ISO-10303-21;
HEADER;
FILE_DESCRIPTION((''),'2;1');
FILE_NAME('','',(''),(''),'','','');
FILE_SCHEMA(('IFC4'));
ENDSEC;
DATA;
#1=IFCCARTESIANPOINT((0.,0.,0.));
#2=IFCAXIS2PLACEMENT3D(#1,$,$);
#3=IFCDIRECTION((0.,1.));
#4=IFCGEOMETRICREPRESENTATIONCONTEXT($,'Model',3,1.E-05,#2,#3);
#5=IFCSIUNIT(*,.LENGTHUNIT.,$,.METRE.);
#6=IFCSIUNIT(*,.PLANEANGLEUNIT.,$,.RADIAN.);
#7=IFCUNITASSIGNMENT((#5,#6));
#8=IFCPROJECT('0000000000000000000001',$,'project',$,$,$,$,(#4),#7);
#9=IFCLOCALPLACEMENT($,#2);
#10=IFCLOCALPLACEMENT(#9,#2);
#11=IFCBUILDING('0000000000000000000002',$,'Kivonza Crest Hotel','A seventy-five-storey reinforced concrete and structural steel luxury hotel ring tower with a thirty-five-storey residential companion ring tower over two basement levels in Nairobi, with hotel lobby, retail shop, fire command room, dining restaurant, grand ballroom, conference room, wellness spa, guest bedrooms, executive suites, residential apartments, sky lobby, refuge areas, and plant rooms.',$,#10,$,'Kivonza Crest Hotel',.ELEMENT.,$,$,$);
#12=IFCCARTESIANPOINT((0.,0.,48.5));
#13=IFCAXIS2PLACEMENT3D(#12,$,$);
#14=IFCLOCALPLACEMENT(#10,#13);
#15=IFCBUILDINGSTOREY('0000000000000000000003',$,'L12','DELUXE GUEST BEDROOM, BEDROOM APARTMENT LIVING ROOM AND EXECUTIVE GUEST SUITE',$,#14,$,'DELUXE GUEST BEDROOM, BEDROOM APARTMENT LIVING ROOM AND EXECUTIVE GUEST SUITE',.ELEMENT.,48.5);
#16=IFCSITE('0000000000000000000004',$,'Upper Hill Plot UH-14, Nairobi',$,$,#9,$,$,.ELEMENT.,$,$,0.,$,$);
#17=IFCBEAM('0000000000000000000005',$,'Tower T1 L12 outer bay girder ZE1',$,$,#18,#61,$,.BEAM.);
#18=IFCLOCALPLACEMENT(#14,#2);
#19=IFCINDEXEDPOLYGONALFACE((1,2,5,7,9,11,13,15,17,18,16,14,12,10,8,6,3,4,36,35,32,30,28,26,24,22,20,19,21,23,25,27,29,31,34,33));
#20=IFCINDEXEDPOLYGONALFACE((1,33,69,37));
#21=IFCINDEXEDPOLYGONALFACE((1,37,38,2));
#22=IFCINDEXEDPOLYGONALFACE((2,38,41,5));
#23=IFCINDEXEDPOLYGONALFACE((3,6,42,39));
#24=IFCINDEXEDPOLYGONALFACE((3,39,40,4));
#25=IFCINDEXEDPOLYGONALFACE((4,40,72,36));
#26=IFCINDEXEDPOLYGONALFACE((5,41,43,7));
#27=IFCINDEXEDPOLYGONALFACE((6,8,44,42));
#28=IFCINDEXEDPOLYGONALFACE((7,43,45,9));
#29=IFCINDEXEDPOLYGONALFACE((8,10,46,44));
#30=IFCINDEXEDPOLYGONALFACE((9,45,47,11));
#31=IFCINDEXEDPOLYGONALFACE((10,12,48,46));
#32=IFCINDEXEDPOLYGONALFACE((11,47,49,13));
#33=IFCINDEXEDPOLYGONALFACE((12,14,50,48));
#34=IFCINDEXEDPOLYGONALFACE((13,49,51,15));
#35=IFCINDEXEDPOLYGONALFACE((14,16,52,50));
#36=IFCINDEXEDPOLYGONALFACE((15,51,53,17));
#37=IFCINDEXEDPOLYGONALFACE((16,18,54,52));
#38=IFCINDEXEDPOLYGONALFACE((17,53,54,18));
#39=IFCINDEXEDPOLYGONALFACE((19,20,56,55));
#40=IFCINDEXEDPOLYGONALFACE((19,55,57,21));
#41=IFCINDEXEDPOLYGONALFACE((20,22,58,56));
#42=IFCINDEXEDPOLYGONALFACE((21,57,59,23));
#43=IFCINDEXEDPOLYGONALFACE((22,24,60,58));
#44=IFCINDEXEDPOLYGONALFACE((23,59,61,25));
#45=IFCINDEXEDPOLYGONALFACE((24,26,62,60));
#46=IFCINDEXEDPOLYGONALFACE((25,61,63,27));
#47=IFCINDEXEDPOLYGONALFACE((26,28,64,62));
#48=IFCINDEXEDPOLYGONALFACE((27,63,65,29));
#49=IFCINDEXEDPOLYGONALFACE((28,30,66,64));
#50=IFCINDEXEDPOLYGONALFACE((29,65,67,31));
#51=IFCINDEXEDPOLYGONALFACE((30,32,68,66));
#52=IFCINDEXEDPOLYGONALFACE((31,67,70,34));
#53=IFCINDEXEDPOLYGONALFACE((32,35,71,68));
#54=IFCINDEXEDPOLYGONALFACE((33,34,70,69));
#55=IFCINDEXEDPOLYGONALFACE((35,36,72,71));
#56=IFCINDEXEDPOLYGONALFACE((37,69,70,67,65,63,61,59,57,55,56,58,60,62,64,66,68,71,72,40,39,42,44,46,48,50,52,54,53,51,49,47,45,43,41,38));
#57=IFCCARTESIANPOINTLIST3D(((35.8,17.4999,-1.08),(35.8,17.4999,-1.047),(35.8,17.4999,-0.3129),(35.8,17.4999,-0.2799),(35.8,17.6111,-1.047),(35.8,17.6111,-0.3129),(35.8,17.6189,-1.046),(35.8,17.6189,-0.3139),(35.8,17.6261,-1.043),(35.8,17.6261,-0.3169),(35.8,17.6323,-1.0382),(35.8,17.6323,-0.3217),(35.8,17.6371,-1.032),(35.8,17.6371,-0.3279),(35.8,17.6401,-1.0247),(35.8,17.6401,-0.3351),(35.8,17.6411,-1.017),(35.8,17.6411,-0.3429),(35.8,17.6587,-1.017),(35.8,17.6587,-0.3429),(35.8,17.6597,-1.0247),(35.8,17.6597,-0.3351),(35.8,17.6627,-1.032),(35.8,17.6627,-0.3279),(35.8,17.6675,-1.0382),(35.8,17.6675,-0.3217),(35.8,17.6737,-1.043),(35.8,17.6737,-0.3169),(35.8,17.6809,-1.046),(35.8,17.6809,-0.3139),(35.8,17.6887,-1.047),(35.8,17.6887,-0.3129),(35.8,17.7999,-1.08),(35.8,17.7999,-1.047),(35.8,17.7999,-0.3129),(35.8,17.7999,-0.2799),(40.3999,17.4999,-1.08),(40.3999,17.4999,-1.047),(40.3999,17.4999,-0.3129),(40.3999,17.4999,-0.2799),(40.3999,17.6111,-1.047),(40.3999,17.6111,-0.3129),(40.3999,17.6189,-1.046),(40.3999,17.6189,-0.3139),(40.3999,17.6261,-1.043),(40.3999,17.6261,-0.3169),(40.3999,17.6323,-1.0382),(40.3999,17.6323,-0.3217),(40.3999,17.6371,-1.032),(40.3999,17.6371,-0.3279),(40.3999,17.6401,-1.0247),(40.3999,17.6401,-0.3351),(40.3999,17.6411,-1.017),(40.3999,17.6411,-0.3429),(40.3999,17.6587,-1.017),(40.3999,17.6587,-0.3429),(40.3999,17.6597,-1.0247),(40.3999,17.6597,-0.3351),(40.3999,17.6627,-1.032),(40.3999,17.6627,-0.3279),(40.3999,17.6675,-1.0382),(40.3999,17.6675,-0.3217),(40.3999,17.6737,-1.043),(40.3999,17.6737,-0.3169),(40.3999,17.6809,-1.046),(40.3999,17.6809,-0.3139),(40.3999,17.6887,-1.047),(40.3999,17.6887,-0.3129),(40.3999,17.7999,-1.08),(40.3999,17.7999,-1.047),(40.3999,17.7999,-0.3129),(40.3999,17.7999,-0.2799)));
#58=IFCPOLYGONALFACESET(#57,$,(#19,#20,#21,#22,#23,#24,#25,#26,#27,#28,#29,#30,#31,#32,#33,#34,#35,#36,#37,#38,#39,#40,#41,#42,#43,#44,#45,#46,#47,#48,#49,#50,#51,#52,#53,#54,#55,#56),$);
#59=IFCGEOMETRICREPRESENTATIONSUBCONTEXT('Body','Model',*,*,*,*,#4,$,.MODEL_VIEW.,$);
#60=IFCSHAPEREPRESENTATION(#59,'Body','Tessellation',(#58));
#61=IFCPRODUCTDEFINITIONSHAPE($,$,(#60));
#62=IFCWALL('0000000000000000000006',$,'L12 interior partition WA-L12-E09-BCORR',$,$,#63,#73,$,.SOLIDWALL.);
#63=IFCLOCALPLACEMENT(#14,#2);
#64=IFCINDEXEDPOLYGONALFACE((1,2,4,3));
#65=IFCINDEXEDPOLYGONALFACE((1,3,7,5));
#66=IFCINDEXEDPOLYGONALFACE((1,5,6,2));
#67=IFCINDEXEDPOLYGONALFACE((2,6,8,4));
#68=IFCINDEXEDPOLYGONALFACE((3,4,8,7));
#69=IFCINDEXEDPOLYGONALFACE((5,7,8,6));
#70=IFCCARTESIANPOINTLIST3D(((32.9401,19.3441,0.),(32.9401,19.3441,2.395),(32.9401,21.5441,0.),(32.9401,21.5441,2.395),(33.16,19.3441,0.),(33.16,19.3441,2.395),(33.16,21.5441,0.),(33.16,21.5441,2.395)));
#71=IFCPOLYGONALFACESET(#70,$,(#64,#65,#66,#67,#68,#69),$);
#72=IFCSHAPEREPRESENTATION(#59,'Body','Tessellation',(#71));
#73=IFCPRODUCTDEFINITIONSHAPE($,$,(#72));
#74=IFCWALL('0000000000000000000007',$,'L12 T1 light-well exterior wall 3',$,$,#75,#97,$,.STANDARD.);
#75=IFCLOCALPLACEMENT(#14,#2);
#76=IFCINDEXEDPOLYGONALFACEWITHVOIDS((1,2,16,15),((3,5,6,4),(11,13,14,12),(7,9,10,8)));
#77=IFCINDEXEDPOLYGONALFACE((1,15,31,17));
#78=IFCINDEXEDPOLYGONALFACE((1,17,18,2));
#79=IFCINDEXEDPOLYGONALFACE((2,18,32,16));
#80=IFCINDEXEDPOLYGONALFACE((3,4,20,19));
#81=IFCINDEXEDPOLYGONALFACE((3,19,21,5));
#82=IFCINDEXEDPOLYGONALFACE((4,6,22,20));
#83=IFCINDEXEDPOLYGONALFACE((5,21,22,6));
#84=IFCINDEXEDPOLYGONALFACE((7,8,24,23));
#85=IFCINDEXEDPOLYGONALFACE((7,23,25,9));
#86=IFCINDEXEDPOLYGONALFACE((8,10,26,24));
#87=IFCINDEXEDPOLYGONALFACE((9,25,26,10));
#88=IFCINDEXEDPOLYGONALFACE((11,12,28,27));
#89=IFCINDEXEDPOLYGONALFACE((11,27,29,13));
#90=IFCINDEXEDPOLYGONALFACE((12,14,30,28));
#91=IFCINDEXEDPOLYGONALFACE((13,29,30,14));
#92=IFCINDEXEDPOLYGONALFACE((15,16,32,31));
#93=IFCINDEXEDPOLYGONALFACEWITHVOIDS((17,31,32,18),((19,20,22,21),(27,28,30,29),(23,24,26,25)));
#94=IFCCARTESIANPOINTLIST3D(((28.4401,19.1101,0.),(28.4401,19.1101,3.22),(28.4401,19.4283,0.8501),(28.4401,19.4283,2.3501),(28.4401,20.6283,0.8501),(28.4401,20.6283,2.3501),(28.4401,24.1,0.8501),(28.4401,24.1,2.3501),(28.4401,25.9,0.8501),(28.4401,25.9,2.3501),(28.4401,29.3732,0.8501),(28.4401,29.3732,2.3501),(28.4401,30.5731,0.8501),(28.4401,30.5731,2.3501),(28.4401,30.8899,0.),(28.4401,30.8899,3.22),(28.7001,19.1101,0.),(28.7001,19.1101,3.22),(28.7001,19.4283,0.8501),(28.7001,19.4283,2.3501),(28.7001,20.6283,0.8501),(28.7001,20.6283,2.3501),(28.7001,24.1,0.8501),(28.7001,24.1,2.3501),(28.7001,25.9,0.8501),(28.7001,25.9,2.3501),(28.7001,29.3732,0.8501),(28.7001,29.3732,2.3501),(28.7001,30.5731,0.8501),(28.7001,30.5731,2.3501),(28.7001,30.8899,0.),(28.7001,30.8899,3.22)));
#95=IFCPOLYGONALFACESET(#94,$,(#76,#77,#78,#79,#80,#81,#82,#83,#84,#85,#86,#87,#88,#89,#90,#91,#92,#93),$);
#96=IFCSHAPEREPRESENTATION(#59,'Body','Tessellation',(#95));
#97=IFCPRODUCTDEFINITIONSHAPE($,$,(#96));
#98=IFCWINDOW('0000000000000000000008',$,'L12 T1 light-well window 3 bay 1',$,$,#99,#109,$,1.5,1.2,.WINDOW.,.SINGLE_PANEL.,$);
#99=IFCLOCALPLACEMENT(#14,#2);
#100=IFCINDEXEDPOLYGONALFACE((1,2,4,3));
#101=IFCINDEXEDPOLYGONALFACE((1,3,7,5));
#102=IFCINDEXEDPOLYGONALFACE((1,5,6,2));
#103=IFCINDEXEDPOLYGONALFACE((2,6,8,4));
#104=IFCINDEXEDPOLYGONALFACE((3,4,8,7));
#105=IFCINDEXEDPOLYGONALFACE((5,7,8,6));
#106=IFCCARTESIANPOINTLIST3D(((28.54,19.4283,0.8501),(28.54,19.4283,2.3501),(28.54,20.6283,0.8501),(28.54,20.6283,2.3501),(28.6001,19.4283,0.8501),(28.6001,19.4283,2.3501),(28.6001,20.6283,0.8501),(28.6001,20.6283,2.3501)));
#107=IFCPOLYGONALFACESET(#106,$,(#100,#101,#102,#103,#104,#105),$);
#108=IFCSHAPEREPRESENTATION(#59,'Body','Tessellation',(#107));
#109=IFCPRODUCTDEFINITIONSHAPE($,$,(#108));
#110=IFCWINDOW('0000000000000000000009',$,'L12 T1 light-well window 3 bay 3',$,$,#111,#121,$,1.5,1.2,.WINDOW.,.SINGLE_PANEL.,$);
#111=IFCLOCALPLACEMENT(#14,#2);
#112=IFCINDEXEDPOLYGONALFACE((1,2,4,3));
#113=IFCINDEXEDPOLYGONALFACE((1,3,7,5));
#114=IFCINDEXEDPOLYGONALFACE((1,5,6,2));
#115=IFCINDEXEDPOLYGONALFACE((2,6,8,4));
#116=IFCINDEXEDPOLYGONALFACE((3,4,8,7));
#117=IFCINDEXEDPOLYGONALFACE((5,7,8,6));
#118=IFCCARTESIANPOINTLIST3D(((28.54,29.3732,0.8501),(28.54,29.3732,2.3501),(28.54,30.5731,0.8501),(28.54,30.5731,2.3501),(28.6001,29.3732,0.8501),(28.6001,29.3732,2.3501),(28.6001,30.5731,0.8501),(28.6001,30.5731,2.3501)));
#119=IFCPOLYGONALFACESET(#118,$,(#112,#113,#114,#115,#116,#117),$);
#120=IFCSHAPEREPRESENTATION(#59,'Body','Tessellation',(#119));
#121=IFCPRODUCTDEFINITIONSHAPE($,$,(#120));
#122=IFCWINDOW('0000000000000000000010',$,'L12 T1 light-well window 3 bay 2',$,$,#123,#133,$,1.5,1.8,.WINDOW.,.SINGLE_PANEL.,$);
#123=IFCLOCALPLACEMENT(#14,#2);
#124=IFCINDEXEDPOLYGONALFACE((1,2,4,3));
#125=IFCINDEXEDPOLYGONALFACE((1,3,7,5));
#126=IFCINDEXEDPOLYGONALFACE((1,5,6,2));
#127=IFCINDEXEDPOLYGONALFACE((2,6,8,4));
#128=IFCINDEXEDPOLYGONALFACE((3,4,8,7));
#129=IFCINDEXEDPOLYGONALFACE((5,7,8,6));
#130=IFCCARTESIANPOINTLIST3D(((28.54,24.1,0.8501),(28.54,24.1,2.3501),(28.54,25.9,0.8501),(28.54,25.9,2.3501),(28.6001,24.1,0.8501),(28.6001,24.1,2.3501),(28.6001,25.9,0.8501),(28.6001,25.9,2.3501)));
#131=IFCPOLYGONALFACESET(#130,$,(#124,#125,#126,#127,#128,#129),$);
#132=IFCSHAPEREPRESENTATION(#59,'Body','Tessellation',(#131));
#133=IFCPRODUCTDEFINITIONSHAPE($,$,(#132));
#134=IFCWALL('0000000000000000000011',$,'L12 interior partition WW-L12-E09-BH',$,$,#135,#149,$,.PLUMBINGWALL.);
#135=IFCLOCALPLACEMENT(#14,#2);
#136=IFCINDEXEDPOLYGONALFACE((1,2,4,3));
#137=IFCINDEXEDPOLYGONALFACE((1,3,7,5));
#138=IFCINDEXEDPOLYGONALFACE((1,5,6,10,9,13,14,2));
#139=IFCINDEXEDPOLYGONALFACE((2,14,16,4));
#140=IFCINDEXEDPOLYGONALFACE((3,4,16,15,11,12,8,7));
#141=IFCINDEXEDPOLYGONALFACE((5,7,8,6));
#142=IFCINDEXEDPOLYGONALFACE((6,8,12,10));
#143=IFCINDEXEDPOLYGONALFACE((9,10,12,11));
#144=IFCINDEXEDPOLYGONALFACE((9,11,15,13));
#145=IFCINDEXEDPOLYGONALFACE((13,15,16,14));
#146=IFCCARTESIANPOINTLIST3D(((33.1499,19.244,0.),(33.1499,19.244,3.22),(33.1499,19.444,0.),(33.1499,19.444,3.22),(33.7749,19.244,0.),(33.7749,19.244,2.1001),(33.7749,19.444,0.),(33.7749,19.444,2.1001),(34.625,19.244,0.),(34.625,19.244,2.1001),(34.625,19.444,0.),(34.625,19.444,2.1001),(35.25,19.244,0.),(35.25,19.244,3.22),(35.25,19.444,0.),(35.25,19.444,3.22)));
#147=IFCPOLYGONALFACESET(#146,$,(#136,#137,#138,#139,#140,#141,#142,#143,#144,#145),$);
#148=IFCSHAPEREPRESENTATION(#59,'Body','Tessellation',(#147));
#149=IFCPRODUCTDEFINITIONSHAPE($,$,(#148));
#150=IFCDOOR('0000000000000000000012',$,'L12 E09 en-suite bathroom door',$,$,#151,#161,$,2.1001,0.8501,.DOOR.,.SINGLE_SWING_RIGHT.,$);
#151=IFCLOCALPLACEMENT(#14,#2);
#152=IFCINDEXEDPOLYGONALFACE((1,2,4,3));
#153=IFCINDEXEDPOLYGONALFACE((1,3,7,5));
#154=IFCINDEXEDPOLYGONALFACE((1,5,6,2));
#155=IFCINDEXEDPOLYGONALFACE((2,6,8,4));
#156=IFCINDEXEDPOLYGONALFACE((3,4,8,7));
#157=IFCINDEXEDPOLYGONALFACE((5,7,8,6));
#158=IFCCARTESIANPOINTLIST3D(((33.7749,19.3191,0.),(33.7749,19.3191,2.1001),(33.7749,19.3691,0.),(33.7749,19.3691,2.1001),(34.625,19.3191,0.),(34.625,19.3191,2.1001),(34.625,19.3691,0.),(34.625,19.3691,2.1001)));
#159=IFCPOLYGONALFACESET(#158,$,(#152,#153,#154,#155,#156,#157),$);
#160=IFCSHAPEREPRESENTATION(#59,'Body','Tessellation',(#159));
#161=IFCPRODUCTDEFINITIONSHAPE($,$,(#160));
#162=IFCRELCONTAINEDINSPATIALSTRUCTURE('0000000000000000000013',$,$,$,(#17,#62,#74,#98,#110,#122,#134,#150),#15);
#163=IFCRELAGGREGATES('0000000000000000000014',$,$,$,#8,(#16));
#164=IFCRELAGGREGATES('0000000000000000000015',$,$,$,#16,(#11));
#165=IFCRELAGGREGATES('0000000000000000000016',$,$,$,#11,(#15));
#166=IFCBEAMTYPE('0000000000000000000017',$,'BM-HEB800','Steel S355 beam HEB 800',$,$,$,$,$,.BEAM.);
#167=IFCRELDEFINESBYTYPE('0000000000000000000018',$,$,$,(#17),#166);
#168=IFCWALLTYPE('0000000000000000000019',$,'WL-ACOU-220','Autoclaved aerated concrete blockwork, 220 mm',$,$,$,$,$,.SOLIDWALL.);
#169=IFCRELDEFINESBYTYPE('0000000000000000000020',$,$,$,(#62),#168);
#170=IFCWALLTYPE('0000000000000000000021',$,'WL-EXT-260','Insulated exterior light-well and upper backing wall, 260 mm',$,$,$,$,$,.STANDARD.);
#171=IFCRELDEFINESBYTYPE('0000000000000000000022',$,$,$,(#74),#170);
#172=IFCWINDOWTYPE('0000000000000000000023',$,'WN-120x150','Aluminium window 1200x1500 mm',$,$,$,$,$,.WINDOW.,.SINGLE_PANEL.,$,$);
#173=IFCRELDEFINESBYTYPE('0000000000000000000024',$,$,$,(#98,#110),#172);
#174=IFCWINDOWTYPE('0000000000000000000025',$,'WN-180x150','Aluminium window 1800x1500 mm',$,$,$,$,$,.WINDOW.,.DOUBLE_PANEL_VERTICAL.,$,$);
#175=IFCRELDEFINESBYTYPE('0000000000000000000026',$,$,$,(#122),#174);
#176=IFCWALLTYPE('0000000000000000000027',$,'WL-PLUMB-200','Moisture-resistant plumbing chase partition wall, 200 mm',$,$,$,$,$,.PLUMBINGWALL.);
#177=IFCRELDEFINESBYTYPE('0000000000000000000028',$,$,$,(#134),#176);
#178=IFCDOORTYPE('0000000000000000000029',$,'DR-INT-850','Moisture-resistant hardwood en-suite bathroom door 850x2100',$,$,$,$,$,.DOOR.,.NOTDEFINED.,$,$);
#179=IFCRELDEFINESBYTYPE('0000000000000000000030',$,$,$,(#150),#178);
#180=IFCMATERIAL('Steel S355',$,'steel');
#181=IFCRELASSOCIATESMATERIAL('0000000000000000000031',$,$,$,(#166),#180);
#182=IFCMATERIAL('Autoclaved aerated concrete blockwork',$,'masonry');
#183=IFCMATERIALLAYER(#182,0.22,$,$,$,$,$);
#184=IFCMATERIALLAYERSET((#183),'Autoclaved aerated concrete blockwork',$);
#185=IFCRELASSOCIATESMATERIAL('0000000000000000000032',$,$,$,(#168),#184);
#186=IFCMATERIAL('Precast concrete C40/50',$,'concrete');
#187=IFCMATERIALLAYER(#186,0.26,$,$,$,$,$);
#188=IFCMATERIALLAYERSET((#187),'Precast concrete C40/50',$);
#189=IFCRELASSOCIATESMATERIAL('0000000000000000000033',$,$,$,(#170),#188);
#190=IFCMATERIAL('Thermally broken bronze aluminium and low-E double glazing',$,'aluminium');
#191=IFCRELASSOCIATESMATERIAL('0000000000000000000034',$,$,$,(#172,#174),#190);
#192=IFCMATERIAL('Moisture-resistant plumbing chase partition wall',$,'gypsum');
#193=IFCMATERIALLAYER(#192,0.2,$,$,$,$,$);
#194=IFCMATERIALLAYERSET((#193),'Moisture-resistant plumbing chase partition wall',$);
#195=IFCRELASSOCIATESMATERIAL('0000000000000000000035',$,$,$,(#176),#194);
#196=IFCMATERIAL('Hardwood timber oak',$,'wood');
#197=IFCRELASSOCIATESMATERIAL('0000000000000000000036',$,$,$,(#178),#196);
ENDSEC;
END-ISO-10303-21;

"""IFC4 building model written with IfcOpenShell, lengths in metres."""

from ifc_helpers import new_model, si_unit, direction, frame, frame_2d, origin, origin_2d, place, context, subcontext, project, spatial, rectangle, i_section, extrude, material, layer, layer_set, material_profile, profile_set, type_object, element, fill, save


model = new_model("IFC4")

# Units and contexts
model_context = context("Model", 3, precision=1e-05, world=origin(), true_north=direction((0.0, 1.0)))
body_context = subcontext(model_context, "Body", "Model", "MODEL_VIEW")
ifc_project = project(units=[si_unit("LENGTHUNIT", "METRE"), si_unit("PLANEANGLEUNIT", "RADIAN")], contexts=[model_context])

# Site, building, storey
site_placement = place(None, origin())
site = spatial("IfcSite", under=ifc_project, at=site_placement, Name="Upper Hill Plot UH-14, Nairobi", CompositionType="ELEMENT", RefElevation=0.0)
building_placement = place(site_placement, origin())
building = spatial("IfcBuilding", under=site, at=building_placement, Name="Kivonza Crest Hotel", Description="A seventy-five-storey reinforced concrete and structural steel luxury hotel ring tower with a thirty-five-storey residential companion ring tower over two basement levels in Nairobi, with hotel lobby, retail shop, fire command room, dining restaurant, grand ballroom, conference room, wellness spa, guest bedrooms, executive suites, residential apartments, sky lobby, refuge areas, and plant rooms.", LongName="Kivonza Crest Hotel", CompositionType="ELEMENT")
storey_placement = place(building_placement, frame((0.0, 0.0, 48.5)))
storey = spatial("IfcBuildingStorey", under=building, at=storey_placement, Name="L12", Description="DELUXE GUEST BEDROOM, BEDROOM APARTMENT LIVING ROOM AND EXECUTIVE GUEST SUITE", LongName="DELUXE GUEST BEDROOM, BEDROOM APARTMENT LIVING ROOM AND EXECUTIVE GUEST SUITE", CompositionType="ELEMENT", Elevation=48.5)

# Beam
ifc_material_1 = material(Name="Steel S355", Category="steel")
ifc_material_profile_1 = material_profile(ifc_material_1, i_section(OverallWidth=0.3, OverallDepth=0.8, WebThickness=0.0176, FlangeThickness=0.033, FilletRadius=0.03, at=origin_2d()), Name="HEB 800")
ifc_profile_set_1 = profile_set([ifc_material_profile_1], Name="Steel S355")
beam_type_1 = type_object("IfcBeamType", Name="BM-HEB800", Description="Steel S355 beam HEB 800", PredefinedType="BEAM", material=ifc_profile_set_1)
beam_1_placement = place(storey_placement, frame((40.3999, 17.6499, -0.6799), z_axis=(-1.0, 0.0, 0.0), x_axis=(0.0, -1.0, 0.0)))
element("IfcBeam", 1, at=beam_1_placement, inside=storey, type_object=beam_type_1, Name="Tower T1 L12 outer bay girder ZE1", PredefinedType="BEAM", context=body_context, shape_type="SweptSolid", body=[
    extrude(i_section(OverallWidth=0.3, OverallDepth=0.8, WebThickness=0.0176, FlangeThickness=0.033, FilletRadius=0.03, at=origin_2d()), origin(), (0.0, 0.0, 1.0), 4.5999),
])

# Wall
ifc_material_2 = material(Name="Autoclaved aerated concrete blockwork", Category="masonry")
ifc_layer_1 = layer(ifc_material_2, 0.22)
ifc_layer_set_1 = layer_set([ifc_layer_1], Name="Autoclaved aerated concrete blockwork")
wall_type_1 = type_object("IfcWallType", Name="WL-ACOU-220", Description="Autoclaved aerated concrete blockwork, 220 mm", PredefinedType="SOLIDWALL", material=ifc_layer_set_1)
wall_1_placement = place(storey_placement, frame((33.05, 19.344, 0.0), z_axis=(0.0, 0.0, 1.0), x_axis=(0.0, 1.0, 0.0)))
element("IfcWall", 2, at=wall_1_placement, inside=storey, type_object=wall_type_1, Name="L12 interior partition WA-L12-E09-BCORR", PredefinedType="SOLIDWALL", context=body_context, shape_type="SweptSolid", body=[
    extrude(rectangle(XDim=2.2, YDim=0.22, at=frame_2d((1.1001, 0.0))), origin(), (0.0, 0.0, 1.0), 2.395),
])

# Wall, openings, windows
ifc_material_3 = material(Name="Precast concrete C40/50", Category="concrete")
ifc_layer_2 = layer(ifc_material_3, 0.26)
ifc_layer_set_2 = layer_set([ifc_layer_2], Name="Precast concrete C40/50")
wall_type_2 = type_object("IfcWallType", Name="WL-EXT-260", Description="Insulated exterior light-well and upper backing wall, 260 mm", PredefinedType="STANDARD", material=ifc_layer_set_2)
wall_2_placement = place(storey_placement, frame((28.5701, 19.1101, 0.0), z_axis=(0.0, 0.0, 1.0), x_axis=(0.0, 1.0, 0.0)))
wall_2 = element("IfcWall", 3, at=wall_2_placement, inside=storey, type_object=wall_type_2, Name="L12 T1 light-well exterior wall 3", PredefinedType="STANDARD", context=body_context, shape_type="SweptSolid", body=[
    extrude(rectangle(XDim=11.7798, YDim=0.26, at=frame_2d((5.8899, 0.0))), origin(), (0.0, 0.0, 1.0), 3.22),
])
opening_1_placement = place(wall_2_placement, frame((0.3181, 0.0, 0.8501)))
opening_1 = element("IfcOpeningElement", 4, at=opening_1_placement, cuts=wall_2, PredefinedType="OPENING", context=body_context, shape_type="SweptSolid", body=[
    extrude(rectangle(XDim=1.2, YDim=1.5, at=frame_2d((0.6001, 0.75))), frame((0.0, 0.1401, 0.0), z_axis=(0.0, -1.0, 0.0), x_axis=(1.0, 0.0, 0.0)), (0.0, 0.0, 1.0), 0.28),
])
opening_2_placement = place(wall_2_placement, frame((4.99, 0.0, 0.8501)))
opening_2 = element("IfcOpeningElement", 5, at=opening_2_placement, cuts=wall_2, PredefinedType="OPENING", context=body_context, shape_type="SweptSolid", body=[
    extrude(rectangle(XDim=1.8, YDim=1.5, at=frame_2d((0.8999, 0.75))), frame((0.0, 0.1401, 0.0), z_axis=(0.0, -1.0, 0.0), x_axis=(1.0, 0.0, 0.0)), (0.0, 0.0, 1.0), 0.28),
])
opening_3_placement = place(wall_2_placement, frame((10.2629, 0.0, 0.8501)))
opening_3 = element("IfcOpeningElement", 6, at=opening_3_placement, cuts=wall_2, PredefinedType="OPENING", context=body_context, shape_type="SweptSolid", body=[
    extrude(rectangle(XDim=1.2, YDim=1.5, at=frame_2d((0.6001, 0.75))), frame((0.0, 0.1401, 0.0), z_axis=(0.0, -1.0, 0.0), x_axis=(1.0, 0.0, 0.0)), (0.0, 0.0, 1.0), 0.28),
])
ifc_material_4 = material(Name="Thermally broken bronze aluminium and low-E double glazing", Category="aluminium")
window_type_1 = type_object("IfcWindowType", Name="WN-120x150", Description="Aluminium window 1200x1500 mm", PartitioningType="SINGLE_PANEL", PredefinedType="WINDOW", material=ifc_material_4)
window_1_placement = place(opening_1_placement, origin())
window_1 = element("IfcWindow", 7, at=window_1_placement, inside=storey, type_object=window_type_1, Name="L12 T1 light-well window 3 bay 1", OverallHeight=1.5, OverallWidth=1.2, PartitioningType="SINGLE_PANEL", PredefinedType="WINDOW", context=body_context, shape_type="SweptSolid", body=[
    extrude(rectangle(XDim=1.2, YDim=1.5, at=frame_2d((0.6001, 0.75))), frame((0.0, 0.03, 0.0), z_axis=(0.0, -1.0, 0.0), x_axis=(1.0, 0.0, 0.0)), (0.0, 0.0, 1.0), 0.0601),
])
fill(opening_1, window_1)
window_2_placement = place(opening_3_placement, origin())
window_2 = element("IfcWindow", 8, at=window_2_placement, inside=storey, type_object=window_type_1, Name="L12 T1 light-well window 3 bay 3", OverallHeight=1.5, OverallWidth=1.2, PartitioningType="SINGLE_PANEL", PredefinedType="WINDOW", context=body_context, shape_type="SweptSolid", body=[
    extrude(rectangle(XDim=1.2, YDim=1.5, at=frame_2d((0.6001, 0.75))), frame((0.0, 0.03, 0.0), z_axis=(0.0, -1.0, 0.0), x_axis=(1.0, 0.0, 0.0)), (0.0, 0.0, 1.0), 0.0601),
])
fill(opening_3, window_2)
window_type_2 = type_object("IfcWindowType", Name="WN-180x150", Description="Aluminium window 1800x1500 mm", PartitioningType="DOUBLE_PANEL_VERTICAL", PredefinedType="WINDOW", material=ifc_material_4)
window_3_placement = place(opening_2_placement, origin())
window_3 = element("IfcWindow", 9, at=window_3_placement, inside=storey, type_object=window_type_2, Name="L12 T1 light-well window 3 bay 2", OverallHeight=1.5, OverallWidth=1.8, PartitioningType="SINGLE_PANEL", PredefinedType="WINDOW", context=body_context, shape_type="SweptSolid", body=[
    extrude(rectangle(XDim=1.8, YDim=1.5, at=frame_2d((0.8999, 0.75))), frame((0.0, 0.03, 0.0), z_axis=(0.0, -1.0, 0.0), x_axis=(1.0, 0.0, 0.0)), (0.0, 0.0, 1.0), 0.0601),
])
fill(opening_2, window_3)

# Wall, opening, door
ifc_material_5 = material(Name="Moisture-resistant plumbing chase partition wall", Category="gypsum")
ifc_layer_3 = layer(ifc_material_5, 0.2)
ifc_layer_set_3 = layer_set([ifc_layer_3], Name="Moisture-resistant plumbing chase partition wall")
wall_type_3 = type_object("IfcWallType", Name="WL-PLUMB-200", Description="Moisture-resistant plumbing chase partition wall, 200 mm", PredefinedType="PLUMBINGWALL", material=ifc_layer_set_3)
wall_3_placement = place(storey_placement, frame((33.1499, 19.344, 0.0), z_axis=(0.0, 0.0, 1.0), x_axis=(1.0, 0.0, 0.0)))
wall_3 = element("IfcWall", 10, at=wall_3_placement, inside=storey, type_object=wall_type_3, Name="L12 interior partition WW-L12-E09-BH", PredefinedType="PLUMBINGWALL", context=body_context, shape_type="SweptSolid", body=[
    extrude(rectangle(XDim=2.1001, YDim=0.2, at=frame_2d((1.05, 0.0))), origin(), (0.0, 0.0, 1.0), 3.22),
])
opening_4_placement = place(wall_3_placement, frame((0.625, 0.0, 0.0)))
opening_4 = element("IfcOpeningElement", 11, at=opening_4_placement, cuts=wall_3, PredefinedType="OPENING", context=body_context, shape_type="SweptSolid", body=[
    extrude(rectangle(XDim=0.8501, YDim=2.1001, at=frame_2d((0.425, 1.05))), frame((0.0, 0.1099, 0.0), z_axis=(0.0, -1.0, 0.0), x_axis=(1.0, 0.0, 0.0)), (0.0, 0.0, 1.0), 0.22),
])
ifc_material_6 = material(Name="Hardwood timber oak", Category="wood")
door_type = type_object("IfcDoorType", Name="DR-INT-850", Description="Moisture-resistant hardwood en-suite bathroom door 850x2100", OperationType="NOTDEFINED", PredefinedType="DOOR", material=ifc_material_6)
door_placement = place(opening_4_placement, frame((0.8501, 0.0, 0.0), z_axis=(0.0, 0.0, 1.0), x_axis=(-1.0, 0.0, 0.0)))
door = element("IfcDoor", 12, at=door_placement, inside=storey, type_object=door_type, Name="L12 E09 en-suite bathroom door", OperationType="SINGLE_SWING_RIGHT", OverallHeight=2.1001, OverallWidth=0.8501, PredefinedType="DOOR", context=body_context, shape_type="SweptSolid", body=[
    extrude(rectangle(XDim=0.8501, YDim=2.1001, at=frame_2d((0.425, 1.05))), frame((0.0, 0.0249, 0.0), z_axis=(0.0, -1.0, 0.0), x_axis=(1.0, 0.0, 0.0)), (0.0, 0.0, 1.0), 0.05),
])
fill(opening_4, door)

save(model, "model.ifc")
